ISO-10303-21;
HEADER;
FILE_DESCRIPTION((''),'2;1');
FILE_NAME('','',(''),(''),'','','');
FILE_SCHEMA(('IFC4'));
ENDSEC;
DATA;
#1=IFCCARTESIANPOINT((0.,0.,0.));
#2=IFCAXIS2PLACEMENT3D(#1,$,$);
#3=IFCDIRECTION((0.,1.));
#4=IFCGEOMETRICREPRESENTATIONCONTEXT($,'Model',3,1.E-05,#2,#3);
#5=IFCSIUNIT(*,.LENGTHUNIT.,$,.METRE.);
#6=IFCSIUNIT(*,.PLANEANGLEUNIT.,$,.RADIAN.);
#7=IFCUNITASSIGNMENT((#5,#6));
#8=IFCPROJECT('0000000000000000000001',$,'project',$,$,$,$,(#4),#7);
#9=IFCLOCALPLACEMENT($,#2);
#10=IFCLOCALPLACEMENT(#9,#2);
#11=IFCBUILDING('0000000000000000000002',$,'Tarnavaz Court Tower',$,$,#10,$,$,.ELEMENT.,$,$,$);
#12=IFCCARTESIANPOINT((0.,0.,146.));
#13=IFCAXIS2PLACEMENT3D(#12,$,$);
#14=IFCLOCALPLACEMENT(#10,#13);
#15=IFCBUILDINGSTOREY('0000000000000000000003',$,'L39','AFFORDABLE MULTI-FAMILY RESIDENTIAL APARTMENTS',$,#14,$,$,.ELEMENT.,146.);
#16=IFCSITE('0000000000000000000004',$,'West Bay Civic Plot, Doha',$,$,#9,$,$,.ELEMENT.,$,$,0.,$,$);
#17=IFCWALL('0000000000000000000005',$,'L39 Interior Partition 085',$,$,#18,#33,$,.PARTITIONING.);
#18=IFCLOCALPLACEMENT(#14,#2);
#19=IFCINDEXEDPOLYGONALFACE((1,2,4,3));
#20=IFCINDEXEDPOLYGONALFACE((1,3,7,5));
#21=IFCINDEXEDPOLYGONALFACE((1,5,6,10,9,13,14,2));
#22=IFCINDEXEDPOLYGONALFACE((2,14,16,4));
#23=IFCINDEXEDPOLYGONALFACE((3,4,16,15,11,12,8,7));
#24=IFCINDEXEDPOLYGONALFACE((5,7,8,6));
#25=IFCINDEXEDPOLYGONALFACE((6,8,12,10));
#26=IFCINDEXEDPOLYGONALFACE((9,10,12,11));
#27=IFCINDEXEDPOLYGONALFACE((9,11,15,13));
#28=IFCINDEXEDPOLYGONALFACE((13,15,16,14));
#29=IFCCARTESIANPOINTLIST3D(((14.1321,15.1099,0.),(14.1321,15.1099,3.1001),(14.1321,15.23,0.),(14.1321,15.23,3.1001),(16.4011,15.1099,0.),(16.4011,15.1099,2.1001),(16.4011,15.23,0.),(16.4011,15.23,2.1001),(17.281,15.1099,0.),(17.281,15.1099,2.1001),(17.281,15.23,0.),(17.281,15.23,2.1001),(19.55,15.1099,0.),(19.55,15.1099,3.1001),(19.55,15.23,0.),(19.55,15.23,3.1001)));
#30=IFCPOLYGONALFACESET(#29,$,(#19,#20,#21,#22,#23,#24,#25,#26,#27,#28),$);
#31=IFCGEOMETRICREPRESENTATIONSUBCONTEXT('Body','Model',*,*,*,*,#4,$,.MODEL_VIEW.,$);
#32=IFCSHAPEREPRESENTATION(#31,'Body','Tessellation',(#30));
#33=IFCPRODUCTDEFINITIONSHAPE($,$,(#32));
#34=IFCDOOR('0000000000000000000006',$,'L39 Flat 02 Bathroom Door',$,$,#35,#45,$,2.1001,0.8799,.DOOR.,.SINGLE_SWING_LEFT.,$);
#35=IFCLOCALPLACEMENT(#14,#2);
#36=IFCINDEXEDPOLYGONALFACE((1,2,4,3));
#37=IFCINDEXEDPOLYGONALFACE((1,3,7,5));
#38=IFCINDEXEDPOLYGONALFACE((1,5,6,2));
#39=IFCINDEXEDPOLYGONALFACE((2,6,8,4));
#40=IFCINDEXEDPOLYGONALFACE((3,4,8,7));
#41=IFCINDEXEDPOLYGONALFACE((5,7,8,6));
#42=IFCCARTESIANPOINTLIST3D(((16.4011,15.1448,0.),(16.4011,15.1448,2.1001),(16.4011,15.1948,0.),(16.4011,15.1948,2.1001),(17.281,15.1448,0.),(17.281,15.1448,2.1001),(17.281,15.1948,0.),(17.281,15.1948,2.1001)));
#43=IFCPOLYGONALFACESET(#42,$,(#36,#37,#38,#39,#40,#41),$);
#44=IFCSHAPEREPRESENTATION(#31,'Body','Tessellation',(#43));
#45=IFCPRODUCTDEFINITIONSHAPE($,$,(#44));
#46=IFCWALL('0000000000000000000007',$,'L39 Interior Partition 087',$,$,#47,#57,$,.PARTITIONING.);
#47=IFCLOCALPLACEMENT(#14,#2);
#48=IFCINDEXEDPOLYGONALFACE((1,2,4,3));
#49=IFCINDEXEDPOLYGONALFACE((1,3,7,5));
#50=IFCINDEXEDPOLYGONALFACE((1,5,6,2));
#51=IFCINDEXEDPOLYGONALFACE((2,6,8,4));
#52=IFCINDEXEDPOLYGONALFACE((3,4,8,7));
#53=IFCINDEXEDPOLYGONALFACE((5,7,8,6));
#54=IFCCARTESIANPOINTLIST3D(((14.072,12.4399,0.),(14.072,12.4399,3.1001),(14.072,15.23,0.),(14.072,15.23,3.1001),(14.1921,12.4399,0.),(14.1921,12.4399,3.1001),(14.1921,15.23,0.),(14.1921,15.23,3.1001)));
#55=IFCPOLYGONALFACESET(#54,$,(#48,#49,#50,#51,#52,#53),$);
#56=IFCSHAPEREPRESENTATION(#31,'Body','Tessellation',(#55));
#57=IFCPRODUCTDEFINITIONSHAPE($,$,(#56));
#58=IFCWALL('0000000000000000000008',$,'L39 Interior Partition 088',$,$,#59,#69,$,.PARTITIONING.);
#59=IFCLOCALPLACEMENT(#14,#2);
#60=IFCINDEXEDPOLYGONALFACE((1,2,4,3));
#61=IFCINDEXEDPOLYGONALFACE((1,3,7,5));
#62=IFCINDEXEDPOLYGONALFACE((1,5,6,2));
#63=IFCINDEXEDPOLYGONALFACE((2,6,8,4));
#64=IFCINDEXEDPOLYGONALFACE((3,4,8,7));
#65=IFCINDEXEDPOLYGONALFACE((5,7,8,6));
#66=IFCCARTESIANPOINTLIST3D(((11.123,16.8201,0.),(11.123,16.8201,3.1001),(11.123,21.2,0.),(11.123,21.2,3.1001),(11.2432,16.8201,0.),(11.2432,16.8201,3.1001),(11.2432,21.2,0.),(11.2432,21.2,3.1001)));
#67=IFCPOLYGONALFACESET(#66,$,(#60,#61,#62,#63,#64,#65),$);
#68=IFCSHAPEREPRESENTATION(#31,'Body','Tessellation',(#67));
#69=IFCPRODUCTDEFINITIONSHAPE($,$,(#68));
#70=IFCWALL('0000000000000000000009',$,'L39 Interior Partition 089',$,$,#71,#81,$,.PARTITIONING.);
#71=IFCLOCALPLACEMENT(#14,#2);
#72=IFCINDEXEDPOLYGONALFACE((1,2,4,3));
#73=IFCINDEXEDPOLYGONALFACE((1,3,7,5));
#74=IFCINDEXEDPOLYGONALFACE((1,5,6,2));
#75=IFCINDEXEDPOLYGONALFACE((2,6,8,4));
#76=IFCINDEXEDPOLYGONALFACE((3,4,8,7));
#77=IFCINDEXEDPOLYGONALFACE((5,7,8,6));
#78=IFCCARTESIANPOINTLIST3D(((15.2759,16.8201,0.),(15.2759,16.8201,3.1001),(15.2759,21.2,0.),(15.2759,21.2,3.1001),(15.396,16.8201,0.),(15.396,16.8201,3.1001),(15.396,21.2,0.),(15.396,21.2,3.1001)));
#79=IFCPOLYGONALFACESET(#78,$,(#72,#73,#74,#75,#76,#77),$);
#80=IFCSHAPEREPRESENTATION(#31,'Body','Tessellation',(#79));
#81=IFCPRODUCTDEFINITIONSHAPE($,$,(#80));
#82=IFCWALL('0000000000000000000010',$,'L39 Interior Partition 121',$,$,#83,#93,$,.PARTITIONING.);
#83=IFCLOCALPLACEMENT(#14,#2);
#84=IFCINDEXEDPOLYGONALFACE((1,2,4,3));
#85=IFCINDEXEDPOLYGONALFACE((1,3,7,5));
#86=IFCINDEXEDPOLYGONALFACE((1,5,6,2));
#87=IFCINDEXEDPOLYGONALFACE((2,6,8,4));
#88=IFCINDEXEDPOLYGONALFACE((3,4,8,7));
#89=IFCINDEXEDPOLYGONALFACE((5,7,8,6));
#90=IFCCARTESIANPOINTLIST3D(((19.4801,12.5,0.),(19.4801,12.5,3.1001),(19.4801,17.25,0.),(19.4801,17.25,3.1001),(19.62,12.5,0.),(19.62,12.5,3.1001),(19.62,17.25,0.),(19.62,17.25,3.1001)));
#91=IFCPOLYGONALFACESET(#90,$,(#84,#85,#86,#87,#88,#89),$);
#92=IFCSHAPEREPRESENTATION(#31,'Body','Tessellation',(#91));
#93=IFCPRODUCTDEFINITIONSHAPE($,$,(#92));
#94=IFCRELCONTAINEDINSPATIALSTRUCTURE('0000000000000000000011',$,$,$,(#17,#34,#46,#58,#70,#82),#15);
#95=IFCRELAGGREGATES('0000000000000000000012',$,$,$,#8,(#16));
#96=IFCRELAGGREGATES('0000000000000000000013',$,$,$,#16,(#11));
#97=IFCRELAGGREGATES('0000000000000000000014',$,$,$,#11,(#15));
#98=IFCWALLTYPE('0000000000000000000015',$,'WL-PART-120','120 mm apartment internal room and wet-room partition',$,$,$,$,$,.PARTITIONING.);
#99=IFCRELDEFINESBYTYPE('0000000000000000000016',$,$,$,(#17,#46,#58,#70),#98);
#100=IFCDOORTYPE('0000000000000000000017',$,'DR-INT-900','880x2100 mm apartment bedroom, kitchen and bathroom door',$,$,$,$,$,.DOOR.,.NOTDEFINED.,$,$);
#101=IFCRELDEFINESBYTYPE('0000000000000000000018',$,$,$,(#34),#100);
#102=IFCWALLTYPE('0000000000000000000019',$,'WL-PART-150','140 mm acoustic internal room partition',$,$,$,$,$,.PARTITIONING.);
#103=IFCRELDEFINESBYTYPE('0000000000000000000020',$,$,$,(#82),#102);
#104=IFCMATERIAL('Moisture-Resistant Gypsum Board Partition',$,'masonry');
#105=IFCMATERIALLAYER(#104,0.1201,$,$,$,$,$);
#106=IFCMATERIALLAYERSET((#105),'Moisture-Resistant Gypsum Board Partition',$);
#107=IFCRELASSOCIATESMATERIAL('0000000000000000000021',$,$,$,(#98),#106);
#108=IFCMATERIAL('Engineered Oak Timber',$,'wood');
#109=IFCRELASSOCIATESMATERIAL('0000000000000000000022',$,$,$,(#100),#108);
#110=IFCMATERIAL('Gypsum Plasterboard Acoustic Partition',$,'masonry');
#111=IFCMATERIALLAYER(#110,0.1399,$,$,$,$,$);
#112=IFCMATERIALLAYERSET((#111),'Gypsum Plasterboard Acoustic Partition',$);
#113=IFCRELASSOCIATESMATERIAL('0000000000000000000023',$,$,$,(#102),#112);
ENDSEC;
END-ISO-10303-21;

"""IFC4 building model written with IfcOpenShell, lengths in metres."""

from ifc_helpers import new_model, si_unit, direction, frame, frame_2d, origin, place, context, subcontext, project, spatial, rectangle, extrude, material, layer, layer_set, type_object, element, fill, save


model = new_model("IFC4")

# Units and contexts
model_context = context("Model", 3, precision=1e-05, world=origin(), true_north=direction((0.0, 1.0)))
body_context = subcontext(model_context, "Body", "Model", "MODEL_VIEW")
ifc_project = project(units=[si_unit("LENGTHUNIT", "METRE"), si_unit("PLANEANGLEUNIT", "RADIAN")], contexts=[model_context])

# Site, building, storey
site_placement = place(None, origin())
site = spatial("IfcSite", under=ifc_project, at=site_placement, Name="West Bay Civic Plot, Doha", CompositionType="ELEMENT", RefElevation=0.0)
building_placement = place(site_placement, origin())
building = spatial("IfcBuilding", under=site, at=building_placement, Name="Tarnavaz Court Tower", CompositionType="ELEMENT")
storey_placement = place(building_placement, frame((0.0, 0.0, 146.0)))
storey = spatial("IfcBuildingStorey", under=building, at=storey_placement, Name="L39", Description="AFFORDABLE MULTI-FAMILY RESIDENTIAL APARTMENTS", CompositionType="ELEMENT", Elevation=146.0)

# Wall, opening, door
ifc_material_1 = material(Name="Engineered Oak Timber", Category="wood")
ifc_material_2 = material(Name="Moisture-Resistant Gypsum Board Partition", Category="masonry")
ifc_layer_1 = layer(ifc_material_2, 0.1201)
ifc_layer_set_1 = layer_set([ifc_layer_1], Name="Moisture-Resistant Gypsum Board Partition")
wall_type_1 = type_object("IfcWallType", Name="WL-PART-120", Description="120 mm apartment internal room and wet-room partition", PredefinedType="PARTITIONING", material=ifc_layer_set_1)
wall_1_placement = place(storey_placement, frame((14.1321, 15.1699, 0.0), z_axis=(0.0, 0.0, 1.0), x_axis=(1.0, 0.0, 0.0)))
wall_1 = element("IfcWall", 1, at=wall_1_placement, inside=storey, type_object=wall_type_1, Name="L39 Interior Partition 085", PredefinedType="PARTITIONING", context=body_context, shape_type="SweptSolid", body=[
    extrude(rectangle(XDim=5.418, YDim=0.1201, at=frame_2d((2.709, 0.0))), origin(), (0.0, 0.0, 1.0), 3.1001),
])
opening_1_placement = place(wall_1_placement, frame((2.269, 0.0, 0.0)))
opening_1 = element("IfcOpeningElement", 2, at=opening_1_placement, cuts=wall_1, PredefinedType="OPENING", context=body_context, shape_type="SweptSolid", body=[
    extrude(rectangle(XDim=0.8799, YDim=2.1001, at=frame_2d((0.4399, 1.05))), frame((0.0, 0.0701, 0.0), z_axis=(0.0, -1.0, 0.0), x_axis=(1.0, 0.0, 0.0)), (0.0, 0.0, 1.0), 0.1401),
])
door_type_1 = type_object("IfcDoorType", Name="DR-INT-900", Description="880x2100 mm apartment bedroom, kitchen and bathroom door", OperationType="NOTDEFINED", PredefinedType="DOOR", material=ifc_material_1)
door_1_placement = place(opening_1_placement, origin())
door_1 = element("IfcDoor", 3, at=door_1_placement, inside=storey, type_object=door_type_1, Name="L39 Flat 02 Bathroom Door", OperationType="SINGLE_SWING_LEFT", OverallHeight=2.1001, OverallWidth=0.8799, PredefinedType="DOOR", context=body_context, shape_type="SweptSolid", body=[
    extrude(rectangle(XDim=0.8799, YDim=2.1001, at=frame_2d((0.4399, 1.05))), frame((0.0, 0.0249, 0.0), z_axis=(0.0, -1.0, 0.0), x_axis=(1.0, 0.0, 0.0)), (0.0, 0.0, 1.0), 0.05),
])
fill(opening_1, door_1)

# Walls
wall_2_placement = place(storey_placement, frame((14.1321, 12.4399, 0.0), z_axis=(0.0, 0.0, 1.0), x_axis=(0.0, 1.0, 0.0)))
element("IfcWall", 4, at=wall_2_placement, inside=storey, type_object=wall_type_1, Name="L39 Interior Partition 087", PredefinedType="PARTITIONING", context=body_context, shape_type="SweptSolid", body=[
    extrude(rectangle(XDim=2.79, YDim=0.1201, at=frame_2d((1.395, 0.0))), origin(), (0.0, 0.0, 1.0), 3.1001),
])
for number, where, z_axis, x_axis, name in (
    (5, (11.1831, 16.8201, 0.0), (0.0, 0.0, 1.0), (0.0, 1.0, 0.0), "L39 Interior Partition 088"),
    (6, (15.3359, 16.8201, 0.0), (0.0, 0.0, 1.0), (0.0, 1.0, 0.0), "L39 Interior Partition 089"),
):
    element("IfcWall", number, at=place(storey_placement, frame(where, z_axis=z_axis, x_axis=x_axis)), inside=storey, type_object=wall_type_1, Name=name, PredefinedType="PARTITIONING", context=body_context, shape_type="SweptSolid", body=[
        extrude(rectangle(XDim=4.3799, YDim=0.1201, at=frame_2d((2.1899, 0.0))), origin(), (0.0, 0.0, 1.0), 3.1001),
    ])
ifc_material_3 = material(Name="Gypsum Plasterboard Acoustic Partition", Category="masonry")
ifc_layer_2 = layer(ifc_material_3, 0.1399)
ifc_layer_set_2 = layer_set([ifc_layer_2], Name="Gypsum Plasterboard Acoustic Partition")
wall_type_2 = type_object("IfcWallType", Name="WL-PART-150", Description="140 mm acoustic internal room partition", PredefinedType="PARTITIONING", material=ifc_layer_set_2)
wall_3_placement = place(storey_placement, frame((19.55, 12.5, 0.0), z_axis=(0.0, 0.0, 1.0), x_axis=(0.0, 1.0, 0.0)))
element("IfcWall", 7, at=wall_3_placement, inside=storey, type_object=wall_type_2, Name="L39 Interior Partition 121", PredefinedType="PARTITIONING", context=body_context, shape_type="SweptSolid", body=[
    extrude(rectangle(XDim=4.75, YDim=0.1399, at=frame_2d((2.375, 0.0))), origin(), (0.0, 0.0, 1.0), 3.1001),
])

save(model, "model.ifc")
